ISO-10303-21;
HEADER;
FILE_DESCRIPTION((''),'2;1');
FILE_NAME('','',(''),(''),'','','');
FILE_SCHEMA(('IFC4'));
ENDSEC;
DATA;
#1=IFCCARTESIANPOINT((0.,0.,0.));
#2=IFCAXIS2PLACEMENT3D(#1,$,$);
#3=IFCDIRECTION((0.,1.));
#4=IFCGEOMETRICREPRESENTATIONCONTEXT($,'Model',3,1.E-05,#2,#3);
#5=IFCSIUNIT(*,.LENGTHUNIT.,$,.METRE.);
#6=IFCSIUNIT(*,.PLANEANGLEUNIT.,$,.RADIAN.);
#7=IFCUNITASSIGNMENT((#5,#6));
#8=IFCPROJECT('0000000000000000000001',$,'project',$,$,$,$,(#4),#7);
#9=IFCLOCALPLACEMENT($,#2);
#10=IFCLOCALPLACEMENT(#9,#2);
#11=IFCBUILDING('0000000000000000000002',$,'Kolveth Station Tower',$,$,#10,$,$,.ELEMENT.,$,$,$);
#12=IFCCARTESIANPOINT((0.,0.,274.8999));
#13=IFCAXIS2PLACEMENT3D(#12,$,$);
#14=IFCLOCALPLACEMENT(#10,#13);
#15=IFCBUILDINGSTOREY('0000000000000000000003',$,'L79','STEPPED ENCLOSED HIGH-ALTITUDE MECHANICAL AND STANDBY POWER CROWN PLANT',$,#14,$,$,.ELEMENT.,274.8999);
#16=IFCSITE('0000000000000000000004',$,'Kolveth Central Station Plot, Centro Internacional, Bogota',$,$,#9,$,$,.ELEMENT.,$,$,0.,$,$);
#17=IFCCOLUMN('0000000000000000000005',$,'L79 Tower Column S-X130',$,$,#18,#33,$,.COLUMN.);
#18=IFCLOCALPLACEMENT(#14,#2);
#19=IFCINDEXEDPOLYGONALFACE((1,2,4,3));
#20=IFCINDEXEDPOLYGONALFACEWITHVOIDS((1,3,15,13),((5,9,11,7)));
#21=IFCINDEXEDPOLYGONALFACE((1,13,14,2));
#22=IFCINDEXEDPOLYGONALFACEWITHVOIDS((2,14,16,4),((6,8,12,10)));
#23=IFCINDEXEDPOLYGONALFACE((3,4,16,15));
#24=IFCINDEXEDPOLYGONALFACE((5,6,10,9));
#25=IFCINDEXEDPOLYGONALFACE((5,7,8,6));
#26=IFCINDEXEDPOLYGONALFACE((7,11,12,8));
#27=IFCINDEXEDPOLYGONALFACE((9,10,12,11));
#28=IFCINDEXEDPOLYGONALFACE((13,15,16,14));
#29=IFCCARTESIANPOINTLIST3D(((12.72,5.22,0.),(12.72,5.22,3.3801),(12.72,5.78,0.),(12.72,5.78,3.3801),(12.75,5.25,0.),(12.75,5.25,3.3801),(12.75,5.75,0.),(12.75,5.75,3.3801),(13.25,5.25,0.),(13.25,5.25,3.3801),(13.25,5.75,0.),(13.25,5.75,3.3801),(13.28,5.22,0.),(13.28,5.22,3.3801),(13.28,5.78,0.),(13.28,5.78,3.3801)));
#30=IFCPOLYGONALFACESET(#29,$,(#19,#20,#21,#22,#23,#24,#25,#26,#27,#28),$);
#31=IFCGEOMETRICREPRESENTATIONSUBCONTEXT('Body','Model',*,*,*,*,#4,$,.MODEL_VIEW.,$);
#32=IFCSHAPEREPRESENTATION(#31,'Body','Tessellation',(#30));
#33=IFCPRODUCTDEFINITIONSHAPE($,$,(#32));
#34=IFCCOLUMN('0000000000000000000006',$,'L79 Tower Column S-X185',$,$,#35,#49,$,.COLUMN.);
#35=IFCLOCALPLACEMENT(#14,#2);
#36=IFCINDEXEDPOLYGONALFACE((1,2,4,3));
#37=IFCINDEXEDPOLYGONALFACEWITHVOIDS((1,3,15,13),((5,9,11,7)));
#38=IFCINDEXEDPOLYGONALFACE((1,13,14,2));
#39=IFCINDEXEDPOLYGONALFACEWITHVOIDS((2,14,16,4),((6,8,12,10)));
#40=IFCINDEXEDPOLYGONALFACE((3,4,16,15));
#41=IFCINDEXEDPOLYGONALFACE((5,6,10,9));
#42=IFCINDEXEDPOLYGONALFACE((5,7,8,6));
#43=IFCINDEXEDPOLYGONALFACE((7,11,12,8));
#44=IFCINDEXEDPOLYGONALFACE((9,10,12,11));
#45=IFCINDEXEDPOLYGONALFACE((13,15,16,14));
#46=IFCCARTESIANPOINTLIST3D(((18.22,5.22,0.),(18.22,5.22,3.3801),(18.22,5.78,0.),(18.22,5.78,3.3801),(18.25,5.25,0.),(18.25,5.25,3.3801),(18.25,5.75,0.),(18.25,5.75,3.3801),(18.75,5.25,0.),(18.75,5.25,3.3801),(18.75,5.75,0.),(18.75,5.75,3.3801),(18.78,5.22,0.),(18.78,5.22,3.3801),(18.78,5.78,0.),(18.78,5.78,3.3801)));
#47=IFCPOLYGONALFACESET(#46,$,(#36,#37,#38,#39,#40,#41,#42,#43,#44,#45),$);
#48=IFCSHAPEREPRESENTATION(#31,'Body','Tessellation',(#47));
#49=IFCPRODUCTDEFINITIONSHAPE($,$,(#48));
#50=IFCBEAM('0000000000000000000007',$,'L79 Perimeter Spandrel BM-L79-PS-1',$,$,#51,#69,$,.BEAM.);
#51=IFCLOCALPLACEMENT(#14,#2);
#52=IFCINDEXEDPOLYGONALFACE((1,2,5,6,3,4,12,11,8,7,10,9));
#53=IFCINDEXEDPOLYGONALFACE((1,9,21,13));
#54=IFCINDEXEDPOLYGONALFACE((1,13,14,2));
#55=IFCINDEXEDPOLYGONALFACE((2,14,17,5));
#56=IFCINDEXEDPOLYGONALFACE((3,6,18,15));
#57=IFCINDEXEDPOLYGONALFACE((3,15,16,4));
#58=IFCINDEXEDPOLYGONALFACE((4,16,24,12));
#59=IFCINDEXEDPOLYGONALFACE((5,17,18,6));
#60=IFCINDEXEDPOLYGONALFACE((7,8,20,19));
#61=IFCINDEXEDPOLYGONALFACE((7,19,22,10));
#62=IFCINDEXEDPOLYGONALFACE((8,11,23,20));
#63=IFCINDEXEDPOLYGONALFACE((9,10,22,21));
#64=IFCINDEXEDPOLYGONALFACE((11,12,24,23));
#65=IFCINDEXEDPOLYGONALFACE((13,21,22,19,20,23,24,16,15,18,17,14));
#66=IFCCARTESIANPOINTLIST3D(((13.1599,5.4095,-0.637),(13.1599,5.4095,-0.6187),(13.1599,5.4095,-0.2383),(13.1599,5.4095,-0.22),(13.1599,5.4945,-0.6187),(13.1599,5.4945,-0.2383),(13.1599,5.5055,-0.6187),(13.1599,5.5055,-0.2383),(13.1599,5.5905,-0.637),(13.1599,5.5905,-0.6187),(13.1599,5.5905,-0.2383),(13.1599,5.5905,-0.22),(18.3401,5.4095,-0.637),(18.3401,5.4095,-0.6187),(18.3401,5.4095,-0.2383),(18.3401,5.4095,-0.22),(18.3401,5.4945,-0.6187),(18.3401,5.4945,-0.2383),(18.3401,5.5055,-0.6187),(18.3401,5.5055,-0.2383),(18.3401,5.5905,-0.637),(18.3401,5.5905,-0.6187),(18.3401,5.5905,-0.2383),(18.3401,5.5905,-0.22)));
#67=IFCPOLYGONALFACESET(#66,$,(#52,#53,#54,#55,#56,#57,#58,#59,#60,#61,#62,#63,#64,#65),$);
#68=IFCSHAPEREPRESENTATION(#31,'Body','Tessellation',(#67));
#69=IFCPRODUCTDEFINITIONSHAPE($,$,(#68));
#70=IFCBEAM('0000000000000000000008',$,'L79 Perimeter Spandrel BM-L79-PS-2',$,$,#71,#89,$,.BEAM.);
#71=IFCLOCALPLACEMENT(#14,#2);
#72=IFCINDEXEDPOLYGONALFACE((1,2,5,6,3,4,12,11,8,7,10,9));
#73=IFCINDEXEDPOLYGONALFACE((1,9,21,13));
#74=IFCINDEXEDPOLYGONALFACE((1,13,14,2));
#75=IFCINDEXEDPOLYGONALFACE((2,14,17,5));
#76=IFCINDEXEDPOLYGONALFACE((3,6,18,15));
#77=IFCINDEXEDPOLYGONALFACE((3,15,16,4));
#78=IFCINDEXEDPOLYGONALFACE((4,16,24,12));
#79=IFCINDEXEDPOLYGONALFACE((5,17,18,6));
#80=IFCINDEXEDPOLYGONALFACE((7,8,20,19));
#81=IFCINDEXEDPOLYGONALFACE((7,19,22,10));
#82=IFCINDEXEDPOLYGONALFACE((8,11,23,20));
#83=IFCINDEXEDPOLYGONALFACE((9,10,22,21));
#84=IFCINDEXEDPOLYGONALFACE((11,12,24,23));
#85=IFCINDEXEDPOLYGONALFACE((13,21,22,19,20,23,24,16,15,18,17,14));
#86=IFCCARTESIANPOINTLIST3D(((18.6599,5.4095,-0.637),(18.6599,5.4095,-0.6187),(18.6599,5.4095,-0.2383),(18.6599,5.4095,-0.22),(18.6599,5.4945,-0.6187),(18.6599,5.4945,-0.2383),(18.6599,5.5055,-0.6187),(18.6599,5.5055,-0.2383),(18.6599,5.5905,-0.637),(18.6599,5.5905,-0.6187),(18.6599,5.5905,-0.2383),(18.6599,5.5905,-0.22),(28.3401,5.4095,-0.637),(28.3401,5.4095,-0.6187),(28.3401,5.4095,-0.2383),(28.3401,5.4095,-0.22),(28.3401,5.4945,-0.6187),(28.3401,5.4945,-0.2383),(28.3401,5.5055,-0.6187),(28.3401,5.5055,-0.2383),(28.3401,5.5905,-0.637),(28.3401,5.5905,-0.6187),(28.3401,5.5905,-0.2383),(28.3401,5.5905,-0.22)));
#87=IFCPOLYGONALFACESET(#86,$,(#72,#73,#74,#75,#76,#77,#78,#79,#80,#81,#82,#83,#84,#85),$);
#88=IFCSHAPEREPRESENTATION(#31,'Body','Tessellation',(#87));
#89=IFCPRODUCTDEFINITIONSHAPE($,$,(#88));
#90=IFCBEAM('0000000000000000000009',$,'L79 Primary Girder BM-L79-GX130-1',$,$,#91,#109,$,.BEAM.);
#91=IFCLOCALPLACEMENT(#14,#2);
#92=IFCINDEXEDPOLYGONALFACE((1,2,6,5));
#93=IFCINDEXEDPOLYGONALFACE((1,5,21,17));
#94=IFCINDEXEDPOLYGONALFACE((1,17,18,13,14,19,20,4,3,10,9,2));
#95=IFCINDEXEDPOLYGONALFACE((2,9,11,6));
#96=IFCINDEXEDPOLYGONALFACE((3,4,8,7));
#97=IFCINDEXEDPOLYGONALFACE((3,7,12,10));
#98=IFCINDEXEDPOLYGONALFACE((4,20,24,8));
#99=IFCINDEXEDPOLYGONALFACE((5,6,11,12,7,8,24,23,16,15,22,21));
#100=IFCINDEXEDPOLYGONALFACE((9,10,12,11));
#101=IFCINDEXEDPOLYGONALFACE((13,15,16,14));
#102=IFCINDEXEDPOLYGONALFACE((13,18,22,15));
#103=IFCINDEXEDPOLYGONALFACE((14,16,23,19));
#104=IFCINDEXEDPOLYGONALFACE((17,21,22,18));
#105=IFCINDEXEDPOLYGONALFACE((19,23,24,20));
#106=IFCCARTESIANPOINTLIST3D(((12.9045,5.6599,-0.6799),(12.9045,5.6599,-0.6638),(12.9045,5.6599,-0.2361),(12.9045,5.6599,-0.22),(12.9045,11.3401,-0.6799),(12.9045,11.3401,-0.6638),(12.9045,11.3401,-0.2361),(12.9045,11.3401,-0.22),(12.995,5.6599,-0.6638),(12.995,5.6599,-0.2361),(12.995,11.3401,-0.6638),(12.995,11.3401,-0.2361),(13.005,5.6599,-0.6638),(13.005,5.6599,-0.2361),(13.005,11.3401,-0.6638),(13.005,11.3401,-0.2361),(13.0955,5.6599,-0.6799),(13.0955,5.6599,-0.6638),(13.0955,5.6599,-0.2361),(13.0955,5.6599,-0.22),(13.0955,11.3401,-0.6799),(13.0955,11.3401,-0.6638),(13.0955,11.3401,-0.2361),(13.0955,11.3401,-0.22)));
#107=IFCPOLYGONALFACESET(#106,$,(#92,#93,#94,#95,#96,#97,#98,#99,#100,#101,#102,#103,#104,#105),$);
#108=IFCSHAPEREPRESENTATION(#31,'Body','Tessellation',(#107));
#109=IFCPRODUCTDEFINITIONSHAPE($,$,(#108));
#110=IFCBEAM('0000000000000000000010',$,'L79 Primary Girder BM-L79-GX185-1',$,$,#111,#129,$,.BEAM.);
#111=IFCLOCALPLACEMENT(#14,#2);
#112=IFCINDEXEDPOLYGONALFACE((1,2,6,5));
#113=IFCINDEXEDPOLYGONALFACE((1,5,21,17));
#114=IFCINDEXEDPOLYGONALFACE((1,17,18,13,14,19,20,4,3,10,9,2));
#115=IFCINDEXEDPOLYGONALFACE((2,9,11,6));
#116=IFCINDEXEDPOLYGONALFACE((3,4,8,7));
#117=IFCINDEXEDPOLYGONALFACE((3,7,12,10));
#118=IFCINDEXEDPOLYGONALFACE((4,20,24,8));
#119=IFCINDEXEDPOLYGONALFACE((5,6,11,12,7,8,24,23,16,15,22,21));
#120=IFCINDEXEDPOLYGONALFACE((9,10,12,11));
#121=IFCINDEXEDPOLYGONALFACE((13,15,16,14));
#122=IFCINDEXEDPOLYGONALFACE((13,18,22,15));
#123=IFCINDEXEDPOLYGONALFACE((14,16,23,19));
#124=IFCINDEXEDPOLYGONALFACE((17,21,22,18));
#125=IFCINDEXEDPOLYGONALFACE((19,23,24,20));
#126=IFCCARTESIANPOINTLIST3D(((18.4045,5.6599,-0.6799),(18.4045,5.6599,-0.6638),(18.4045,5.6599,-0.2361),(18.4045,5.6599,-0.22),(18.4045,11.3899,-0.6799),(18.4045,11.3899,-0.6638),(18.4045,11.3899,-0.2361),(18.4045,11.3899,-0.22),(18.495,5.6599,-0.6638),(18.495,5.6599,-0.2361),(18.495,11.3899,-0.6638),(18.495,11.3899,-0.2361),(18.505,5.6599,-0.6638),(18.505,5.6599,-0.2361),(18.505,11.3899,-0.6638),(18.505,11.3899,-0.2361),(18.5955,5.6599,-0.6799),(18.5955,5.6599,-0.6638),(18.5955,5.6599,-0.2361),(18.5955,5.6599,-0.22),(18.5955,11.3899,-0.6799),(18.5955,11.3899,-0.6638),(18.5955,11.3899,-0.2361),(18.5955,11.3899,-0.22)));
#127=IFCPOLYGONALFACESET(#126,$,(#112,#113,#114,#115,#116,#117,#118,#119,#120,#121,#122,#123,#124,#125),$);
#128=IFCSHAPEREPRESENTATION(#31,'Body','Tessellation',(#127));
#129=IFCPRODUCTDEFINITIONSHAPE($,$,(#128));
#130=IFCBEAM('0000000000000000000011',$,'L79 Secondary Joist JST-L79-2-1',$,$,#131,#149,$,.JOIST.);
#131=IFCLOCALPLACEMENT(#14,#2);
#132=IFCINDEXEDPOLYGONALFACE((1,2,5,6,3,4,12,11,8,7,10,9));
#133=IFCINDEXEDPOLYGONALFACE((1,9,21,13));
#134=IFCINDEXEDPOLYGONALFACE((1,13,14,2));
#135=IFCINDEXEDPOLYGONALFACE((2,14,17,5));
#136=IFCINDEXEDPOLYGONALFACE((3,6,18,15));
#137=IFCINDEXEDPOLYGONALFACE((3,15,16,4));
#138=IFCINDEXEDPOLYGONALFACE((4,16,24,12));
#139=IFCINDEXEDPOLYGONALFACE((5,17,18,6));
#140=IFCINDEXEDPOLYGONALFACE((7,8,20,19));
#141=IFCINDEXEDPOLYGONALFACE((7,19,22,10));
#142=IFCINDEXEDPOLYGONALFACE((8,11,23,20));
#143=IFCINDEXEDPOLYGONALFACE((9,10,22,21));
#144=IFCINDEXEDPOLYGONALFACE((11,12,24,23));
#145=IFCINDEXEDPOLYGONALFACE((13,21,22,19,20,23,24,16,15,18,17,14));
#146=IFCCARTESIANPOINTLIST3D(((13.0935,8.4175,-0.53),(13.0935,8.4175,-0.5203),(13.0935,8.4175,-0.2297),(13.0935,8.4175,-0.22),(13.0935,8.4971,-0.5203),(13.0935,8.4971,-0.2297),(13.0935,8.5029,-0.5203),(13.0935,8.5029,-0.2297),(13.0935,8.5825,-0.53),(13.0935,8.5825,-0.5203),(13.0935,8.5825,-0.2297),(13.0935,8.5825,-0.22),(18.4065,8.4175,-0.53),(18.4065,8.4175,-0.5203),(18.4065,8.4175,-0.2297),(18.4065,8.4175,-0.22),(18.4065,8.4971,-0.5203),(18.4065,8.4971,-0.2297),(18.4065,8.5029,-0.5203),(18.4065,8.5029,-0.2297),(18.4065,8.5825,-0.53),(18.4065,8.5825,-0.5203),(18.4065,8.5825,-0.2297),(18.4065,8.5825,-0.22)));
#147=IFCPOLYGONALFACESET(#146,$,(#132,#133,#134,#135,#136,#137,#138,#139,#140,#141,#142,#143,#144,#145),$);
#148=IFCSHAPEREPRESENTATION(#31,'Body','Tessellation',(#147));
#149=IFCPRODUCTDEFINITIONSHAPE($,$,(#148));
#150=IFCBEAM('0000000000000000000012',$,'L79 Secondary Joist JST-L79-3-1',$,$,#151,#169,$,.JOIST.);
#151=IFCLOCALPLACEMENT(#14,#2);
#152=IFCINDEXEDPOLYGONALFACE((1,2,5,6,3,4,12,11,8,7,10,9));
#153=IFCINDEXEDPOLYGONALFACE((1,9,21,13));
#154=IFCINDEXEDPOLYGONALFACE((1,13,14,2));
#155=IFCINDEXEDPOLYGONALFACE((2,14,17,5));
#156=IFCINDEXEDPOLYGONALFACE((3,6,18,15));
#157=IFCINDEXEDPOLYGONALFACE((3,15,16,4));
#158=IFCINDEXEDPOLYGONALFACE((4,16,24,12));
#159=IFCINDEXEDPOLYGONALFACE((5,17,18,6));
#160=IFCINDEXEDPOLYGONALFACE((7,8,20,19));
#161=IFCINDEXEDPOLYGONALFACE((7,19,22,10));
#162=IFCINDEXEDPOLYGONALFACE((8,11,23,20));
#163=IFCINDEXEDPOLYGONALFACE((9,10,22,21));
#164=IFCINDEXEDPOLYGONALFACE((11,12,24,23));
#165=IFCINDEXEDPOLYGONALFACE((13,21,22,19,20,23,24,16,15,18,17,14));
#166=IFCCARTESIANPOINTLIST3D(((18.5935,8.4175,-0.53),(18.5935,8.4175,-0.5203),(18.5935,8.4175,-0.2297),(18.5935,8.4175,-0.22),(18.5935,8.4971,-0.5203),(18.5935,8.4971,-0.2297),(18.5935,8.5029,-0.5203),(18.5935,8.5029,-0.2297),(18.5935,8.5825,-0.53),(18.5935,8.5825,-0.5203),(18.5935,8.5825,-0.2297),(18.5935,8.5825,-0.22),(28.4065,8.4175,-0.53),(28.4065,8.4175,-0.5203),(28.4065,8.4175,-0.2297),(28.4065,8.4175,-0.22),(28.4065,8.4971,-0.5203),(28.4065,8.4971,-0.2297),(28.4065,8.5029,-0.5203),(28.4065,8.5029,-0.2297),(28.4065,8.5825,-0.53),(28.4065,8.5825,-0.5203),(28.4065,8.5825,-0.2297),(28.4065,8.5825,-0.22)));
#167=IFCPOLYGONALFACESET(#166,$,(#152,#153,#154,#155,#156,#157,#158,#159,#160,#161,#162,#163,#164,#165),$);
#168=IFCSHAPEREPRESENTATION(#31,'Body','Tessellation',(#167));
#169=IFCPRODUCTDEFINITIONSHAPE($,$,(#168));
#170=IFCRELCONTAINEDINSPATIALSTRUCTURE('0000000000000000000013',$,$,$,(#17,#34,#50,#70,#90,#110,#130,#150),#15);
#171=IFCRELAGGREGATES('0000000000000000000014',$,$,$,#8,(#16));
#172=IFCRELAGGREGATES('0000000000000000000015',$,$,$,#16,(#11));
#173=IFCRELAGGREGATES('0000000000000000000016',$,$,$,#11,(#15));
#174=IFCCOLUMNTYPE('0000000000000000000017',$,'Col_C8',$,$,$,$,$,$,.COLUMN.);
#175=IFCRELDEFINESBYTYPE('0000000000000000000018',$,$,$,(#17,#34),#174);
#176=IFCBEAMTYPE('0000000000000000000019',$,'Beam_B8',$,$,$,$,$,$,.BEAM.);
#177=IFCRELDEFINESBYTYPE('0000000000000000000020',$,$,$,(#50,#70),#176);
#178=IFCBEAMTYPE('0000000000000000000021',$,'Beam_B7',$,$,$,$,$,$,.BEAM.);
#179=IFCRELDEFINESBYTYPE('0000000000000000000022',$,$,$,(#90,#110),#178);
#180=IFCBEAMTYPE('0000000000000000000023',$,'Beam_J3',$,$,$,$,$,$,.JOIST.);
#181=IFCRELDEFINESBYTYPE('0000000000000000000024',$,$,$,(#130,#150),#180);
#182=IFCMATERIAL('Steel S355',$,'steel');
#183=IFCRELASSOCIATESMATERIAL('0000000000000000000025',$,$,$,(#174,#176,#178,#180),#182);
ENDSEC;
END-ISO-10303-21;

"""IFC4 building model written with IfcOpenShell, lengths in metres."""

from ifc_helpers import new_model, si_unit, direction, frame, origin, origin_2d, place, context, subcontext, project, spatial, hollow_rectangle, i_section, extrude, source, transform, mapped, material, material_profile, profile_set, type_object, element, save


model = new_model("IFC4")

# Units and contexts
model_context = context("Model", 3, precision=1e-05, world=origin(), true_north=direction((0.0, 1.0)))
body_context = subcontext(model_context, "Body", "Model", "MODEL_VIEW")
ifc_project = project(units=[si_unit("LENGTHUNIT", "METRE"), si_unit("PLANEANGLEUNIT", "RADIAN")], contexts=[model_context])

# Site, building, storey
site_placement = place(None, origin())
site = spatial("IfcSite", under=ifc_project, at=site_placement, Name="Kolveth Central Station Plot, Centro Internacional, Bogota", CompositionType="ELEMENT", RefElevation=0.0)
building_placement = place(site_placement, origin())
building = spatial("IfcBuilding", under=site, at=building_placement, Name="Kolveth Station Tower", CompositionType="ELEMENT")
storey_placement = place(building_placement, frame((0.0, 0.0, 274.8999)))
storey = spatial("IfcBuildingStorey", under=building, at=storey_placement, Name="L79", Description="STEPPED ENCLOSED HIGH-ALTITUDE MECHANICAL AND STANDBY POWER CROWN PLANT", CompositionType="ELEMENT", Elevation=274.8999)

# Columns
ifc_material_1 = material(Name="Steel S355", Category="steel")
ifc_material_profile_1 = material_profile(ifc_material_1, hollow_rectangle(XDim=0.5601, YDim=0.5601, WallThickness=0.03, at=origin_2d()), Name="BOX560x560x30")
ifc_profile_set_1 = profile_set([ifc_material_profile_1], Name="Steel S355")
column_type = type_object("IfcColumnType", Name="Col_C8", PredefinedType="COLUMN", material=ifc_profile_set_1)
shared_shape_1 = source(origin(), body_context, "Body", "SweptSolid", [
    extrude(hollow_rectangle(XDim=0.5601, YDim=0.5601, WallThickness=0.03, at=origin_2d()), origin(), (0.0, 0.0, 1.0), 3.3801),
])
for number, where, z_axis, x_axis, name in (
    (1, (13.0, 5.5, 0.0), (0.0, 0.0, 1.0), (1.0, 0.0, 0.0), "L79 Tower Column S-X130"),
    (2, (18.5, 5.5, 0.0), (0.0, 0.0, 1.0), (1.0, 0.0, 0.0), "L79 Tower Column S-X185"),
):
    element("IfcColumn", number, at=place(storey_placement, frame(where, z_axis=z_axis, x_axis=x_axis)), inside=storey, type_object=column_type, Name=name, PredefinedType="COLUMN", context=body_context, shape_type="MappedRepresentation", body=[
        mapped(shared_shape_1, transform((0.0, 0.0, 0.0), x_axis=(1.0, 0.0, 0.0), y_axis=(0.0, 1.0, 0.0), z_axis=(0.0, 0.0, 1.0), scale=1.0)),
    ])

# Beams
ifc_material_profile_2 = material_profile(ifc_material_1, i_section(OverallWidth=0.1809, OverallDepth=0.417, WebThickness=0.011, FlangeThickness=0.0183, at=origin_2d()), Name="W410x85")
ifc_profile_set_2 = profile_set([ifc_material_profile_2], Name="Steel S355")
beam_type_1 = type_object("IfcBeamType", Name="Beam_B8", PredefinedType="BEAM", material=ifc_profile_set_2)
shared_shape_2 = source(origin(), body_context, "Body", "SweptSolid", [
    extrude(i_section(OverallWidth=0.1809, OverallDepth=0.417, WebThickness=0.011, FlangeThickness=0.0183, at=origin_2d()), origin(), (0.0, 0.0, 1.0), 5.1802),
])
beam_1_placement = place(storey_placement, frame((13.1599, 5.5, -0.4285), z_axis=(1.0, 0.0, 0.0), x_axis=(0.0, 1.0, 0.0)))
element("IfcBeam", 3, at=beam_1_placement, inside=storey, type_object=beam_type_1, Name="L79 Perimeter Spandrel BM-L79-PS-1", PredefinedType="BEAM", context=body_context, shape_type="MappedRepresentation", body=[
    mapped(shared_shape_2, transform((0.0, 0.0, 0.0), x_axis=(1.0, 0.0, 0.0), y_axis=(0.0, 1.0, 0.0), z_axis=(0.0, 0.0, 1.0), scale=1.0)),
])
shared_shape_3 = source(origin(), body_context, "Body", "SweptSolid", [
    extrude(i_section(OverallWidth=0.1809, OverallDepth=0.417, WebThickness=0.011, FlangeThickness=0.0183, at=origin_2d()), origin(), (0.0, 0.0, 1.0), 9.6802),
])
beam_2_placement = place(storey_placement, frame((18.6599, 5.5, -0.4285), z_axis=(1.0, 0.0, 0.0), x_axis=(0.0, 1.0, 0.0)))
element("IfcBeam", 4, at=beam_2_placement, inside=storey, type_object=beam_type_1, Name="L79 Perimeter Spandrel BM-L79-PS-2", PredefinedType="BEAM", context=body_context, shape_type="MappedRepresentation", body=[
    mapped(shared_shape_3, transform((0.0, 0.0, 0.0), x_axis=(1.0, 0.0, 0.0), y_axis=(0.0, 1.0, 0.0), z_axis=(0.0, 0.0, 1.0), scale=1.0)),
])
ifc_material_profile_3 = material_profile(ifc_material_1, i_section(OverallWidth=0.1909, OverallDepth=0.46, WebThickness=0.01, FlangeThickness=0.0161, at=origin_2d()), Name="W460x82")
ifc_profile_set_3 = profile_set([ifc_material_profile_3], Name="Steel S355")
beam_type_2 = type_object("IfcBeamType", Name="Beam_B7", PredefinedType="BEAM", material=ifc_profile_set_3)
shared_shape_4 = source(origin(), body_context, "Body", "SweptSolid", [
    extrude(i_section(OverallWidth=0.1909, OverallDepth=0.46, WebThickness=0.01, FlangeThickness=0.0161, at=origin_2d()), origin(), (0.0, 0.0, 1.0), 5.6802),
])
beam_3_placement = place(storey_placement, frame((13.0, 5.6599, -0.45), z_axis=(0.0, 1.0, 0.0), x_axis=(-1.0, 0.0, 0.0)))
element("IfcBeam", 5, at=beam_3_placement, inside=storey, type_object=beam_type_2, Name="L79 Primary Girder BM-L79-GX130-1", PredefinedType="BEAM", context=body_context, shape_type="MappedRepresentation", body=[
    mapped(shared_shape_4, transform((0.0, 0.0, 0.0), x_axis=(1.0, 0.0, 0.0), y_axis=(0.0, 1.0, 0.0), z_axis=(0.0, 0.0, 1.0), scale=1.0)),
])
shared_shape_5 = source(origin(), body_context, "Body", "SweptSolid", [
    extrude(i_section(OverallWidth=0.1909, OverallDepth=0.46, WebThickness=0.01, FlangeThickness=0.0161, at=origin_2d()), origin(), (0.0, 0.0, 1.0), 5.73),
])
beam_4_placement = place(storey_placement, frame((18.5, 5.6599, -0.45), z_axis=(0.0, 1.0, 0.0), x_axis=(-1.0, 0.0, 0.0)))
element("IfcBeam", 6, at=beam_4_placement, inside=storey, type_object=beam_type_2, Name="L79 Primary Girder BM-L79-GX185-1", PredefinedType="BEAM", context=body_context, shape_type="MappedRepresentation", body=[
    mapped(shared_shape_5, transform((0.0, 0.0, 0.0), x_axis=(1.0, 0.0, 0.0), y_axis=(0.0, 1.0, 0.0), z_axis=(0.0, 0.0, 1.0), scale=1.0)),
])
ifc_material_profile_4 = material_profile(ifc_material_1, i_section(OverallWidth=0.165, OverallDepth=0.3101, WebThickness=0.0059, FlangeThickness=0.0098, at=origin_2d()), Name="W310x39")
ifc_profile_set_4 = profile_set([ifc_material_profile_4], Name="Steel S355")
beam_type_3 = type_object("IfcBeamType", Name="Beam_J3", PredefinedType="JOIST", material=ifc_profile_set_4)
shared_shape_6 = source(origin(), body_context, "Body", "SweptSolid", [
    extrude(i_section(OverallWidth=0.165, OverallDepth=0.3101, WebThickness=0.0059, FlangeThickness=0.0098, at=origin_2d()), origin(), (0.0, 0.0, 1.0), 5.313),
])
beam_5_placement = place(storey_placement, frame((13.0935, 8.5, -0.375), z_axis=(1.0, 0.0, 0.0), x_axis=(0.0, 1.0, 0.0)))
element("IfcBeam", 7, at=beam_5_placement, inside=storey, type_object=beam_type_3, Name="L79 Secondary Joist JST-L79-2-1", PredefinedType="JOIST", context=body_context, shape_type="MappedRepresentation", body=[
    mapped(shared_shape_6, transform((0.0, 0.0, 0.0), x_axis=(1.0, 0.0, 0.0), y_axis=(0.0, 1.0, 0.0), z_axis=(0.0, 0.0, 1.0), scale=1.0)),
])
shared_shape_7 = source(origin(), body_context, "Body", "SweptSolid", [
    extrude(i_section(OverallWidth=0.165, OverallDepth=0.3101, WebThickness=0.0059, FlangeThickness=0.0098, at=origin_2d()), origin(), (0.0, 0.0, 1.0), 9.813),
])
beam_6_placement = place(storey_placement, frame((18.5935, 8.5, -0.375), z_axis=(1.0, 0.0, 0.0), x_axis=(0.0, 1.0, 0.0)))
element("IfcBeam", 8, at=beam_6_placement, inside=storey, type_object=beam_type_3, Name="L79 Secondary Joist JST-L79-3-1", PredefinedType="JOIST", context=body_context, shape_type="MappedRepresentation", body=[
    mapped(shared_shape_7, transform((0.0, 0.0, 0.0), x_axis=(1.0, 0.0, 0.0), y_axis=(0.0, 1.0, 0.0), z_axis=(0.0, 0.0, 1.0), scale=1.0)),
])

save(model, "model.ifc")
